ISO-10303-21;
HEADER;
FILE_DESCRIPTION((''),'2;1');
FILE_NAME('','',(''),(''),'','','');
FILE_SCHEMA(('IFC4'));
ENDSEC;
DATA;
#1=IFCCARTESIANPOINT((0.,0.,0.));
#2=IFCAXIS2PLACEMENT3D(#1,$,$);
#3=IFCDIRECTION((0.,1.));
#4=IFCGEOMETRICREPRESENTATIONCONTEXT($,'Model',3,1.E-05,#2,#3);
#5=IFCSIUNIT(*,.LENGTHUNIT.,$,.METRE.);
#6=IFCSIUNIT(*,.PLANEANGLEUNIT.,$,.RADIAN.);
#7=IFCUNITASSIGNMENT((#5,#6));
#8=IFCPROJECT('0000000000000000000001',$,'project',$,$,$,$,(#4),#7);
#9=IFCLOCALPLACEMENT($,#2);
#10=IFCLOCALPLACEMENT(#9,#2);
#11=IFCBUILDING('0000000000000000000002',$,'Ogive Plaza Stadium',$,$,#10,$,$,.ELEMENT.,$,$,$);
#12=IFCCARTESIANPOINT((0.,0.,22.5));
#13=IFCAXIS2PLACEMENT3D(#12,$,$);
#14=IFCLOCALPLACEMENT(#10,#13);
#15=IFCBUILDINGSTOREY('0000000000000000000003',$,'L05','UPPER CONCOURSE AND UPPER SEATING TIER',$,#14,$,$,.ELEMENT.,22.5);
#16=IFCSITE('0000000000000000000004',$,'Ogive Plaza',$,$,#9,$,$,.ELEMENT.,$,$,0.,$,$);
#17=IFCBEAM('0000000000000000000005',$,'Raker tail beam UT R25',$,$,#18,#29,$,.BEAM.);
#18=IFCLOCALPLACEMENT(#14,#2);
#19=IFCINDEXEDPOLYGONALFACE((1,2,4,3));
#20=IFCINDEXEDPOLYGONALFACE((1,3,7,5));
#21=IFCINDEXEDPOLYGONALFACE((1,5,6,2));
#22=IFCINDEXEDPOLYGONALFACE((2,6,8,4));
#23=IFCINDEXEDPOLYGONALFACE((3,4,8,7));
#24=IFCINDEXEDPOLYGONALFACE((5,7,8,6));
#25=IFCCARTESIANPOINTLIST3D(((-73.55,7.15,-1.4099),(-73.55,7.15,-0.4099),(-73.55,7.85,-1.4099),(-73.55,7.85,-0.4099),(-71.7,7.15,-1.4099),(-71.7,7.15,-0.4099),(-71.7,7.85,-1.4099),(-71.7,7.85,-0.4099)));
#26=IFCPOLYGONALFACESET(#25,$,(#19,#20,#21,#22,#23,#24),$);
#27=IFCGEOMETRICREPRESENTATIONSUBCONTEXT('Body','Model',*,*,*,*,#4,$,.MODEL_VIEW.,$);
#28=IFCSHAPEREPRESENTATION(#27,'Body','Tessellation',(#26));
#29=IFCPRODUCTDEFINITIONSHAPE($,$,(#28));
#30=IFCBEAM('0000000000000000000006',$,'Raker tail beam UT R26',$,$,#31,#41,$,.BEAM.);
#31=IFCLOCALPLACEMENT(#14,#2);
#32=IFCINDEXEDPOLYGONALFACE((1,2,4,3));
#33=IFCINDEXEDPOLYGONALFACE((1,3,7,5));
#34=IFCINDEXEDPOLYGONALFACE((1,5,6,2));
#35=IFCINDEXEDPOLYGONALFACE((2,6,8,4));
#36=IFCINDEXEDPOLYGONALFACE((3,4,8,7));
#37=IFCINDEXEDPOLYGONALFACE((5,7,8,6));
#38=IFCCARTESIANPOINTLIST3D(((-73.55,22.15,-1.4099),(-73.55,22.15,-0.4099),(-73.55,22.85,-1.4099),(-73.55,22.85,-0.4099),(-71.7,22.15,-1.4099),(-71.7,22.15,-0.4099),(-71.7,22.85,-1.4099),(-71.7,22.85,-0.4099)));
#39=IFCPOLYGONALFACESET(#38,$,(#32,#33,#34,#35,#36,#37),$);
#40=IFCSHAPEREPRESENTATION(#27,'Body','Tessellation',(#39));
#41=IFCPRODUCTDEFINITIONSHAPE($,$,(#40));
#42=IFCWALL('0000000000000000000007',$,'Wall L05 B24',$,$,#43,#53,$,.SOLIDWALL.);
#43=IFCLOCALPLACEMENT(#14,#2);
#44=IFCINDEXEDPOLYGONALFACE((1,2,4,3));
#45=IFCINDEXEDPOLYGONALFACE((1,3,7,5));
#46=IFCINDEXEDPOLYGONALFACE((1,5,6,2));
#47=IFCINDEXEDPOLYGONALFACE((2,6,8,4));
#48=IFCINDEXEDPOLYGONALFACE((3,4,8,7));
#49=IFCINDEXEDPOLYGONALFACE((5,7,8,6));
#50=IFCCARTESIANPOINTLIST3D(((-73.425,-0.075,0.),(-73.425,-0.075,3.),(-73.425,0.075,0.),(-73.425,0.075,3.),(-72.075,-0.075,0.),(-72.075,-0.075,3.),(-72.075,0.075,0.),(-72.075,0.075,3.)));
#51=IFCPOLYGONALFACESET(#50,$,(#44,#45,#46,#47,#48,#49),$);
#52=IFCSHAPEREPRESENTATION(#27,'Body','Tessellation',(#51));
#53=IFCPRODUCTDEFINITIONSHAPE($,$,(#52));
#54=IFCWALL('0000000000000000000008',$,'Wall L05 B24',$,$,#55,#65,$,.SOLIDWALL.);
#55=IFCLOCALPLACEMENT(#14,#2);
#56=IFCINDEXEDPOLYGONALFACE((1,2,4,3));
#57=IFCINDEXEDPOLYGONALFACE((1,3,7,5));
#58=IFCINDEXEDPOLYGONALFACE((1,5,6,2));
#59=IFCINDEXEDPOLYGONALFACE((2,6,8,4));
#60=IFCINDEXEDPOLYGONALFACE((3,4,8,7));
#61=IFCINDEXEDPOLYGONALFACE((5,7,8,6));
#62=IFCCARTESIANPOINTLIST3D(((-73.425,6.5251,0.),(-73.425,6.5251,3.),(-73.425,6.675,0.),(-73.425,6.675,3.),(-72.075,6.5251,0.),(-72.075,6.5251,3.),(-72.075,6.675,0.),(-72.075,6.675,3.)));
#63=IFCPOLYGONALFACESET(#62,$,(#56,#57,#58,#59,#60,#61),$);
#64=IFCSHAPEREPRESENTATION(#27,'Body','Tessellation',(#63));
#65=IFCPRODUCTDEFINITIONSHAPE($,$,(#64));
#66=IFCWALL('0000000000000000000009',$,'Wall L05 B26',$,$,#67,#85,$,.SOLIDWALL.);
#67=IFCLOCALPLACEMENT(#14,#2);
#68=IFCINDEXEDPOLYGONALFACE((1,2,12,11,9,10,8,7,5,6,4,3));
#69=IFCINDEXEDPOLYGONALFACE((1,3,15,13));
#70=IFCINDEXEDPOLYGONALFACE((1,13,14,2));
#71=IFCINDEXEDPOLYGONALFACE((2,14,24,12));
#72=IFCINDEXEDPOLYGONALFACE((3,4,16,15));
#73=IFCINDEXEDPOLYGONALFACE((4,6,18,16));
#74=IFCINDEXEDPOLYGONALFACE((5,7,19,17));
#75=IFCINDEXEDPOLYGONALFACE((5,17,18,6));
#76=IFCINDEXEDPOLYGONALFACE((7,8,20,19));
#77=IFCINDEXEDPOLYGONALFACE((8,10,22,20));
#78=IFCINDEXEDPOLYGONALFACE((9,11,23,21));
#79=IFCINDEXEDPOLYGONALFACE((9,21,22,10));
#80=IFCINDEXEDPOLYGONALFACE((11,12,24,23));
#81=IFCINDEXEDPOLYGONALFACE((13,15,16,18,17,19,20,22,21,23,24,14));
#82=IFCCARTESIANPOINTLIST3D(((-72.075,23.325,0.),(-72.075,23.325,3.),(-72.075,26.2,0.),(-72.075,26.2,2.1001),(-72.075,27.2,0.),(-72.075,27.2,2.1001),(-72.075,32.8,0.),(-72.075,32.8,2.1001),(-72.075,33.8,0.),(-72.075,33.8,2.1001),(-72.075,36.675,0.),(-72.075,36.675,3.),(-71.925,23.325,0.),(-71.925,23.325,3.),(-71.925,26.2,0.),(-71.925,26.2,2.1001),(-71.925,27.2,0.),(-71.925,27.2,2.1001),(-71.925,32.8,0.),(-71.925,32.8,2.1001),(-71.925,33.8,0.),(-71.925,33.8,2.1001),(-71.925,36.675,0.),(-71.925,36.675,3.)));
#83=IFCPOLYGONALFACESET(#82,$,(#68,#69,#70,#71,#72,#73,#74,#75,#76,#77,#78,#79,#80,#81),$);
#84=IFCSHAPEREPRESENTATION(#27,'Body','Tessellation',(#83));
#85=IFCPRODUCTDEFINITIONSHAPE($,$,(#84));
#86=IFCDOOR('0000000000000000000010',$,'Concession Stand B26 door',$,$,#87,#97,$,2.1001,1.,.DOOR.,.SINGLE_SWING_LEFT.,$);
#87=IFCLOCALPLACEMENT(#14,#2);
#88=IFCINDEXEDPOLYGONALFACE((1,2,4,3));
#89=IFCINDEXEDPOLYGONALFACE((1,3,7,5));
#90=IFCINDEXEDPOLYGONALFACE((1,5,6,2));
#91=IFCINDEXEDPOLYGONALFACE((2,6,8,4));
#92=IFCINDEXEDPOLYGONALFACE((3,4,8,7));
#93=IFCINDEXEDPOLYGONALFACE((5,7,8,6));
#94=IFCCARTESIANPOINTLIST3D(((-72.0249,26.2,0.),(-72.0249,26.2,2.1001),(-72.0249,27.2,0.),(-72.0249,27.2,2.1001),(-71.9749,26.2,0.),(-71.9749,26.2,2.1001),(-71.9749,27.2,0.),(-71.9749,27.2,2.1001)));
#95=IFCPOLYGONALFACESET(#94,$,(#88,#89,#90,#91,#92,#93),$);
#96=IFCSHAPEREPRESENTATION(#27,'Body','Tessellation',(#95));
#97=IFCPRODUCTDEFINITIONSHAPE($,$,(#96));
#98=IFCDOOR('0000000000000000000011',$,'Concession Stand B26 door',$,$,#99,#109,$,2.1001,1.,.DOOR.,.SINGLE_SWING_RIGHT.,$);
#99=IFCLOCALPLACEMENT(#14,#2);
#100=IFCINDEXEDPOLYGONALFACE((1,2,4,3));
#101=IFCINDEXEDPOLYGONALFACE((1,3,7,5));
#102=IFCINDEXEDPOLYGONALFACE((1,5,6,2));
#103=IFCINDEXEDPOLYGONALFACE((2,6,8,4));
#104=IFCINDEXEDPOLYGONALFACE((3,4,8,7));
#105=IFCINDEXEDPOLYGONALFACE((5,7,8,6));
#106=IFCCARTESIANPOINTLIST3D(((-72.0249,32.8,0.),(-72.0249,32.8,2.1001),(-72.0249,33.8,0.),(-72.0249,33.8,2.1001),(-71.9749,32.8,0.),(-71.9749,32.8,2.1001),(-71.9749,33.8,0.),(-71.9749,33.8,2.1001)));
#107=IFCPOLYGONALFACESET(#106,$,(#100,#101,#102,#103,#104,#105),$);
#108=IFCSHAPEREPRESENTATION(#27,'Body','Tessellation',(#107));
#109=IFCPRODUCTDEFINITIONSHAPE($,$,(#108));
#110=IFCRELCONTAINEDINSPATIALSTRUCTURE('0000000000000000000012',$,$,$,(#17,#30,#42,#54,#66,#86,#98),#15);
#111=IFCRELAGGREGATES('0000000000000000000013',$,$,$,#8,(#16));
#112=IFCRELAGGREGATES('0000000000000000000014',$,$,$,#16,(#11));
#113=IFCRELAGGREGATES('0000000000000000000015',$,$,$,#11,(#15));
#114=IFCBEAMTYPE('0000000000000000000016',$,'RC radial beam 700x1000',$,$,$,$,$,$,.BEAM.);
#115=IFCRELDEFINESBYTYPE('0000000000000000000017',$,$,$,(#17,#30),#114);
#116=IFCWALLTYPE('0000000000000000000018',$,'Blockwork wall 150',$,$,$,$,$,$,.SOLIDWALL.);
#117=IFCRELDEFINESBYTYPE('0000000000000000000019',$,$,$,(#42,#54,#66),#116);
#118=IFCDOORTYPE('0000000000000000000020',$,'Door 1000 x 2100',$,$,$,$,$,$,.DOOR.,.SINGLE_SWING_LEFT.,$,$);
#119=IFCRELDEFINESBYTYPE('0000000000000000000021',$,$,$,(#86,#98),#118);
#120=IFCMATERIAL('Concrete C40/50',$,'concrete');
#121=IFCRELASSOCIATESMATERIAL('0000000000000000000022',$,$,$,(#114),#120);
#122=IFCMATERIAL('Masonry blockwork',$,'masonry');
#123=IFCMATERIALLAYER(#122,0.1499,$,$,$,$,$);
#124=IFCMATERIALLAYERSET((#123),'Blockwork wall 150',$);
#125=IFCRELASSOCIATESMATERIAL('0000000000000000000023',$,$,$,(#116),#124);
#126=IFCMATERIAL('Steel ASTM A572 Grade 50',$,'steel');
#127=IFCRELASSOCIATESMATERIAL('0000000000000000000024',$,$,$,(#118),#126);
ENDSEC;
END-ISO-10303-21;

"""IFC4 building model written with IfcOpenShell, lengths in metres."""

from ifc_helpers import new_model, si_unit, direction, frame, frame_2d, origin, origin_2d, place, context, subcontext, project, spatial, rectangle, extrude, material, layer, layer_set, material_profile, profile_set, type_object, element, fill, save


model = new_model("IFC4")

# Units and contexts
model_context = context("Model", 3, precision=1e-05, world=origin(), true_north=direction((0.0, 1.0)))
body_context = subcontext(model_context, "Body", "Model", "MODEL_VIEW")
ifc_project = project(units=[si_unit("LENGTHUNIT", "METRE"), si_unit("PLANEANGLEUNIT", "RADIAN")], contexts=[model_context])

# Site, building, storey
site_placement = place(None, origin())
site = spatial("IfcSite", under=ifc_project, at=site_placement, Name="Ogive Plaza", CompositionType="ELEMENT", RefElevation=0.0)
building_placement = place(site_placement, origin())
building = spatial("IfcBuilding", under=site, at=building_placement, Name="Ogive Plaza Stadium", CompositionType="ELEMENT")
storey_placement = place(building_placement, frame((0.0, 0.0, 22.5)))
storey = spatial("IfcBuildingStorey", under=building, at=storey_placement, Name="L05", Description="UPPER CONCOURSE AND UPPER SEATING TIER", CompositionType="ELEMENT", Elevation=22.5)

# Beams
ifc_material_1 = material(Name="Concrete C40/50", Category="concrete")
ifc_material_profile = material_profile(ifc_material_1, rectangle(XDim=0.7, YDim=1.0, at=origin_2d()), Name="RC 700x1000")
ifc_profile_set = profile_set([ifc_material_profile], Name="Concrete C40/50")
beam_type = type_object("IfcBeamType", Name="RC radial beam 700x1000", PredefinedType="BEAM", material=ifc_profile_set)
for number, where, z_axis, x_axis, name in (
    (1, (-71.7, 7.5, -0.9099), (-1.0, 0.0, 0.0), (0.0, -1.0, 0.0), "Raker tail beam UT R25"),
    (2, (-71.7, 22.5, -0.9099), (-1.0, 0.0, 0.0), (0.0, -1.0, 0.0), "Raker tail beam UT R26"),
):
    element("IfcBeam", number, at=place(storey_placement, frame(where, z_axis=z_axis, x_axis=x_axis)), inside=storey, type_object=beam_type, Name=name, PredefinedType="BEAM", context=body_context, shape_type="SweptSolid", body=[
        extrude(rectangle(XDim=0.7, YDim=1.0, at=origin_2d()), origin(), (0.0, 0.0, 1.0), 1.8501),
    ])

# Walls
ifc_material_2 = material(Name="Masonry blockwork", Category="masonry")
ifc_layer_1 = layer(ifc_material_2, 0.1499)
ifc_layer_set_1 = layer_set([ifc_layer_1], Name="Blockwork wall 150")
wall_type_1 = type_object("IfcWallType", Name="Blockwork wall 150", PredefinedType="SOLIDWALL", material=ifc_layer_set_1)
for number, where, z_axis, x_axis, name in (
    (3, (-72.075, 0.0, 0.0), (0.0, 0.0, 1.0), (-1.0, 0.0, 0.0), "Wall L05 B24"),
    (4, (-72.075, 6.6001, 0.0), (0.0, 0.0, 1.0), (-1.0, 0.0, 0.0), "Wall L05 B24"),
):
    element("IfcWall", number, at=place(storey_placement, frame(where, z_axis=z_axis, x_axis=x_axis)), inside=storey, type_object=wall_type_1, Name=name, PredefinedType="SOLIDWALL", context=body_context, shape_type="SweptSolid", body=[
        extrude(rectangle(XDim=1.3501, YDim=0.1499, at=frame_2d((0.675, 0.0))), origin(), (0.0, 0.0, 1.0), 3.0),
    ])

# Wall, openings, doors
wall_1_placement = place(storey_placement, frame((-72.0, 23.325, 0.0), z_axis=(0.0, 0.0, 1.0), x_axis=(0.0, 1.0, 0.0)))
wall_1 = element("IfcWall", 5, at=wall_1_placement, inside=storey, type_object=wall_type_1, Name="Wall L05 B26", PredefinedType="SOLIDWALL", context=body_context, shape_type="SweptSolid", body=[
    extrude(rectangle(XDim=13.3501, YDim=0.1499, at=frame_2d((6.675, 0.0))), origin(), (0.0, 0.0, 1.0), 3.0),
])
opening_1_placement = place(wall_1_placement, frame((2.875, 0.0, 0.0)))
opening_1 = element("IfcOpeningElement", 6, at=opening_1_placement, cuts=wall_1, PredefinedType="OPENING", context=body_context, shape_type="SweptSolid", body=[
    extrude(rectangle(XDim=1.0, YDim=2.1001, at=frame_2d((0.5, 1.05))), frame((0.0, 0.075, 0.0), z_axis=(0.0, -1.0, 0.0), x_axis=(1.0, 0.0, 0.0)), (0.0, 0.0, 1.0), 0.1499),
])
opening_2_placement = place(wall_1_placement, frame((9.4751, 0.0, 0.0)))
opening_2 = element("IfcOpeningElement", 7, at=opening_2_placement, cuts=wall_1, PredefinedType="OPENING", context=body_context, shape_type="SweptSolid", body=[
    extrude(rectangle(XDim=1.0, YDim=2.1001, at=frame_2d((0.5, 1.05))), frame((0.0, 0.075, 0.0), z_axis=(0.0, -1.0, 0.0), x_axis=(1.0, 0.0, 0.0)), (0.0, 0.0, 1.0), 0.1499),
])
ifc_material_3 = material(Name="Steel ASTM A572 Grade 50", Category="steel")
door_type_1 = type_object("IfcDoorType", Name="Door 1000 x 2100", OperationType="SINGLE_SWING_LEFT", PredefinedType="DOOR", material=ifc_material_3)
door_1_placement = place(opening_1_placement, origin())
door_1 = element("IfcDoor", 8, at=door_1_placement, inside=storey, type_object=door_type_1, Name="Concession Stand B26 door", OperationType="SINGLE_SWING_LEFT", OverallHeight=2.1001, OverallWidth=1.0, PredefinedType="DOOR", context=body_context, shape_type="SweptSolid", body=[
    extrude(rectangle(XDim=1.0, YDim=2.1001, at=frame_2d((0.5, 1.05))), frame((0.0, 0.0249, 0.0), z_axis=(0.0, -1.0, 0.0), x_axis=(1.0, 0.0, 0.0)), (0.0, 0.0, 1.0), 0.05),
])
fill(opening_1, door_1)
door_2_placement = place(opening_2_placement, origin())
door_2 = element("IfcDoor", 9, at=door_2_placement, inside=storey, type_object=door_type_1, Name="Concession Stand B26 door", OperationType="SINGLE_SWING_RIGHT", OverallHeight=2.1001, OverallWidth=1.0, PredefinedType="DOOR", context=body_context, shape_type="SweptSolid", body=[
    extrude(rectangle(XDim=1.0, YDim=2.1001, at=frame_2d((0.5, 1.05))), frame((0.0, 0.0249, 0.0), z_axis=(0.0, -1.0, 0.0), x_axis=(1.0, 0.0, 0.0)), (0.0, 0.0, 1.0), 0.05),
])
fill(opening_2, door_2)

save(model, "model.ifc")
